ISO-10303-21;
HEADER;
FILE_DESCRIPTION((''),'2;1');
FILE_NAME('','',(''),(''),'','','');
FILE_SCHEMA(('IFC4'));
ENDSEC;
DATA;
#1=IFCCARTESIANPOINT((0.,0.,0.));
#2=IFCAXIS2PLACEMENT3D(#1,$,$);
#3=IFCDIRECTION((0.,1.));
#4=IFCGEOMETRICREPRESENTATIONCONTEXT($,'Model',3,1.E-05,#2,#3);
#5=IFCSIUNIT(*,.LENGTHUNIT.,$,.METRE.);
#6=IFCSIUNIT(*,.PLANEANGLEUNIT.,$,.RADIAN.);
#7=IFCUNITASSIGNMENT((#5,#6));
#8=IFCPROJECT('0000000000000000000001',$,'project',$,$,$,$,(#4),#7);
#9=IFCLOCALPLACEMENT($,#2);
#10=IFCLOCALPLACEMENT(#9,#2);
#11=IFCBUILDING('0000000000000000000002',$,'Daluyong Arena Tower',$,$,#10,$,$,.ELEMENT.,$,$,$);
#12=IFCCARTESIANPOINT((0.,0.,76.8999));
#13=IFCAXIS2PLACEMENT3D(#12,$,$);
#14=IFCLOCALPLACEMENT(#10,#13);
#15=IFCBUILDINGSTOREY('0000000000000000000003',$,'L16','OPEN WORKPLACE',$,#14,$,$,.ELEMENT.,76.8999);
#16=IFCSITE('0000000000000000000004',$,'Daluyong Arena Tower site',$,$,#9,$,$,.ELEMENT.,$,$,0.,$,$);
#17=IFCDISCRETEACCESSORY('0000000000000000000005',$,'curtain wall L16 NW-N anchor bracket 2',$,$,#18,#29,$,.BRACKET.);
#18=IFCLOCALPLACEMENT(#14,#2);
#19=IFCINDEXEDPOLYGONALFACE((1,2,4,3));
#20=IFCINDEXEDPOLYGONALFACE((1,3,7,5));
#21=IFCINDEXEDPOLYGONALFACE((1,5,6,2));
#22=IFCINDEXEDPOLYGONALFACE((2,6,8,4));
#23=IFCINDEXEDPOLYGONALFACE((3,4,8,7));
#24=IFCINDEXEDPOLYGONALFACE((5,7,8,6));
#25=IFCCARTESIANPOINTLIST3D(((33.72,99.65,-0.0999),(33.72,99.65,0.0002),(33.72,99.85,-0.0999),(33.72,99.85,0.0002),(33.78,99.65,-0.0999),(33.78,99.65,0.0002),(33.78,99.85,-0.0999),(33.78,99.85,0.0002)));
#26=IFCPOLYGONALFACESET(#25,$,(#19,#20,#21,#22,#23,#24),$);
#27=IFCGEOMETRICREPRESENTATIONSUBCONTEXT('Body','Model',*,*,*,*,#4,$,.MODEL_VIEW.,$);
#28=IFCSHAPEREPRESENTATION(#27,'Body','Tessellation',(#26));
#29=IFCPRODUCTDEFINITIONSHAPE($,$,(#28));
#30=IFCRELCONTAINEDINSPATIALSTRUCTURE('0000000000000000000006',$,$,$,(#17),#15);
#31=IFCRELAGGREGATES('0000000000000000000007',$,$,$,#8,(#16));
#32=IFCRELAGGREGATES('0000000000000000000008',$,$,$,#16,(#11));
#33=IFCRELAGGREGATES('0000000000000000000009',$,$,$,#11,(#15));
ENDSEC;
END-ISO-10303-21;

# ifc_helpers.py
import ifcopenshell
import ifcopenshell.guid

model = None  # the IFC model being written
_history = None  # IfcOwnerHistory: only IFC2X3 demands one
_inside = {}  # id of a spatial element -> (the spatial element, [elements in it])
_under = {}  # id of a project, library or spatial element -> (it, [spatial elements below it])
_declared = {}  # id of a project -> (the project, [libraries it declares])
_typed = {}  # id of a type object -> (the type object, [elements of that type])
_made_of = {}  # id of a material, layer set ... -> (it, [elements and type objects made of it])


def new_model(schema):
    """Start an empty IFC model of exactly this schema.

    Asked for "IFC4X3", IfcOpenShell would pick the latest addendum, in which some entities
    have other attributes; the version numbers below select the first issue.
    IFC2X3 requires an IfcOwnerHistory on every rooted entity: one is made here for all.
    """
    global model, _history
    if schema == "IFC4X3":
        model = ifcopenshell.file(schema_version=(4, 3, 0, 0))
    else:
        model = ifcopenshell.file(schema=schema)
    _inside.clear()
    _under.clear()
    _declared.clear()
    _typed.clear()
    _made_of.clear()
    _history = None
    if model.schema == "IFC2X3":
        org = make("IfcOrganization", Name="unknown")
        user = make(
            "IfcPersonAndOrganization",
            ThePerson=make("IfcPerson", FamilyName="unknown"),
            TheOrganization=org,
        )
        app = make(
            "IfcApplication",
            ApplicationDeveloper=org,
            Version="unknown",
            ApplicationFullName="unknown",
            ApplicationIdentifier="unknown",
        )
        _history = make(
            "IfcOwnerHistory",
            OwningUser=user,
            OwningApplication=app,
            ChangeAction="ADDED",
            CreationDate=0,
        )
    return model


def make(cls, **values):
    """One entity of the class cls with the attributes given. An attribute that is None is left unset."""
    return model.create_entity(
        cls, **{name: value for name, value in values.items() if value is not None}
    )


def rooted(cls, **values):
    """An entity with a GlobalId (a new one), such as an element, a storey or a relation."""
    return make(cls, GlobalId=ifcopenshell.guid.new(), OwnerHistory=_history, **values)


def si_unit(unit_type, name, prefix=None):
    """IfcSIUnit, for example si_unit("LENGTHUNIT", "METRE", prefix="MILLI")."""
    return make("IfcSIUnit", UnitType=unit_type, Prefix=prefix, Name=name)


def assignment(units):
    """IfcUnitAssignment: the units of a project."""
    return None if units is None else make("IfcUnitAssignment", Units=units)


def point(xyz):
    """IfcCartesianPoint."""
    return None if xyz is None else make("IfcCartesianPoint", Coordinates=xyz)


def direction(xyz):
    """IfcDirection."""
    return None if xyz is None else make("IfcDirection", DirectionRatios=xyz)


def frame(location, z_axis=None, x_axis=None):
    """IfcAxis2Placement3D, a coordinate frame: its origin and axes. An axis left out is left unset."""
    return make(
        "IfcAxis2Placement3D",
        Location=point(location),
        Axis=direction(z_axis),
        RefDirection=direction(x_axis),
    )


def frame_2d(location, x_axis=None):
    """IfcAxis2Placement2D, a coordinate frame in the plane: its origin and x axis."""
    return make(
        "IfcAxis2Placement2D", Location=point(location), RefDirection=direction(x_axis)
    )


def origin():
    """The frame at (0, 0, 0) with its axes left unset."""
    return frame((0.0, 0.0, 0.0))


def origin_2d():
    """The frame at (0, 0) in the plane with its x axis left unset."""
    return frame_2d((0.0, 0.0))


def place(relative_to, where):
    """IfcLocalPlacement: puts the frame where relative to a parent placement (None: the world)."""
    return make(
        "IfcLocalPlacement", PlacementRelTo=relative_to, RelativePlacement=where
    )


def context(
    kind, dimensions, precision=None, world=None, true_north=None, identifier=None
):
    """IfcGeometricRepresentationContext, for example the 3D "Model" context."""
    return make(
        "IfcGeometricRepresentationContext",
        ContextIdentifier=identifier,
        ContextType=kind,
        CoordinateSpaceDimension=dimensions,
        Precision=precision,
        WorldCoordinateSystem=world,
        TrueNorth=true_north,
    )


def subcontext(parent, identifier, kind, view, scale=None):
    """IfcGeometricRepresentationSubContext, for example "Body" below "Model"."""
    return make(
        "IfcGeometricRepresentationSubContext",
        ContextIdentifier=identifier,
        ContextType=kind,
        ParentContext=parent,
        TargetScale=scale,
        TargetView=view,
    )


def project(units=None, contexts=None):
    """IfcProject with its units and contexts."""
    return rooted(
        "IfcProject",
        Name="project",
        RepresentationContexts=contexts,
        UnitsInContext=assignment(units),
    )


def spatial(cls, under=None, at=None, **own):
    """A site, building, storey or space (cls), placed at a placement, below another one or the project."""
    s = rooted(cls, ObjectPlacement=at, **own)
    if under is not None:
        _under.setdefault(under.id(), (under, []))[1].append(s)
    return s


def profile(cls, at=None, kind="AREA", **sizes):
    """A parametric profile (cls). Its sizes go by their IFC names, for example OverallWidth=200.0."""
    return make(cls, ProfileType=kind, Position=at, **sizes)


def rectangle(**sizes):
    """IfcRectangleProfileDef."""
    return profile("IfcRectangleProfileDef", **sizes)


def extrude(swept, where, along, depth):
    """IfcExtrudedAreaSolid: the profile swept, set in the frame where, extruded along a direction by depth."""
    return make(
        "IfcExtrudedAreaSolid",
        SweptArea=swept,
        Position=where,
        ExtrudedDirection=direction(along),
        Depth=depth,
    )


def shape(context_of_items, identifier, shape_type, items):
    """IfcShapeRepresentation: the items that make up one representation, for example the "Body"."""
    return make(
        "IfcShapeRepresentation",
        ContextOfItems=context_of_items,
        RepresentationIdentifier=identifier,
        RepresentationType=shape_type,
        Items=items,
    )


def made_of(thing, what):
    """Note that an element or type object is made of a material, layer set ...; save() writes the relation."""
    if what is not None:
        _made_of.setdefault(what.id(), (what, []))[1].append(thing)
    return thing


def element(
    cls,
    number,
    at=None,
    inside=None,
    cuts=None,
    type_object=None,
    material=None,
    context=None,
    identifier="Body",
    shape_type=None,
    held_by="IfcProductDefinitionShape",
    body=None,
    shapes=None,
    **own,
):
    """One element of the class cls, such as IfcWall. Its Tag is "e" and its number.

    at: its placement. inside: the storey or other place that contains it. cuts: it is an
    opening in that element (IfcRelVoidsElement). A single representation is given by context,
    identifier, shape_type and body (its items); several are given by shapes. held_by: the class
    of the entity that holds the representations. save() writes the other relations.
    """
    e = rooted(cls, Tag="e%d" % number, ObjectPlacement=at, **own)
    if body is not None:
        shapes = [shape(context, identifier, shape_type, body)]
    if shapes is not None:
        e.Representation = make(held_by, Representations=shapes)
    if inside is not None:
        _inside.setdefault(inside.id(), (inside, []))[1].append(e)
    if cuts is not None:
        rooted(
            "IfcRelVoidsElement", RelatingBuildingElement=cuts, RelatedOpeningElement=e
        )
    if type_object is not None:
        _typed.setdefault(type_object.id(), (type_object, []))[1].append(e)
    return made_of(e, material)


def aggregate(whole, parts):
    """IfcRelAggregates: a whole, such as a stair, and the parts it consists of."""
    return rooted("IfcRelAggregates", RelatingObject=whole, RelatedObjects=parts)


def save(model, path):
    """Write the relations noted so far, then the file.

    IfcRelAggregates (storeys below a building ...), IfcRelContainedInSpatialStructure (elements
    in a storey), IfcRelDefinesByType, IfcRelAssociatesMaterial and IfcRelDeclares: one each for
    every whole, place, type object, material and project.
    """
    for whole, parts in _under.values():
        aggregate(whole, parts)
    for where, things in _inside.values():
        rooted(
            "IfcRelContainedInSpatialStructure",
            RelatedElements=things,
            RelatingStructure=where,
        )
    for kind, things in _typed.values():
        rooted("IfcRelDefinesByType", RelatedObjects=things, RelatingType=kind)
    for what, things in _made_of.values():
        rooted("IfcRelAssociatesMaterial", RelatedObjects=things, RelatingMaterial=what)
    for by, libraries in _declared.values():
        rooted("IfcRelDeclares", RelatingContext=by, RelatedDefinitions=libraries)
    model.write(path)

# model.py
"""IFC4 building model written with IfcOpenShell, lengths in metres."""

from ifc_helpers import new_model, si_unit, direction, frame, origin, origin_2d, place, context, subcontext, project, spatial, rectangle, extrude, element, save


model = new_model("IFC4")

# Units and contexts
model_context = context("Model", 3, precision=1e-05, world=origin(), true_north=direction((0.0, 1.0)))
body_context = subcontext(model_context, "Body", "Model", "MODEL_VIEW")
ifc_project = project(units=[si_unit("LENGTHUNIT", "METRE"), si_unit("PLANEANGLEUNIT", "RADIAN")], contexts=[model_context])

# Site, building, storey
site_placement = place(None, origin())
site = spatial("IfcSite", under=ifc_project, at=site_placement, Name="Daluyong Arena Tower site", CompositionType="ELEMENT", RefElevation=0.0)
building_placement = place(site_placement, origin())
building = spatial("IfcBuilding", under=site, at=building_placement, Name="Daluyong Arena Tower", CompositionType="ELEMENT")
storey_placement = place(building_placement, frame((0.0, 0.0, 76.8999)))
storey = spatial("IfcBuildingStorey", under=building, at=storey_placement, Name="L16", Description="OPEN WORKPLACE", CompositionType="ELEMENT", Elevation=76.8999)

# Discrete accessory
for number, where, z_axis, x_axis, name in (
    (1, (33.75, 99.75, -0.0999), (0.0, 0.0, 1.0), (-1.0, 0.0, 0.0), "curtain wall L16 NW-N anchor bracket 2"),
):
    element("IfcDiscreteAccessory", number, at=place(storey_placement, frame(where, z_axis=z_axis, x_axis=x_axis)), inside=storey, Name=name, PredefinedType="BRACKET", context=body_context, shape_type="SweptSolid", body=[
        extrude(rectangle(XDim=0.0601, YDim=0.2, at=origin_2d()), origin(), (0.0, 0.0, 1.0), 0.1001),
    ])

save(model, "model.ifc")
